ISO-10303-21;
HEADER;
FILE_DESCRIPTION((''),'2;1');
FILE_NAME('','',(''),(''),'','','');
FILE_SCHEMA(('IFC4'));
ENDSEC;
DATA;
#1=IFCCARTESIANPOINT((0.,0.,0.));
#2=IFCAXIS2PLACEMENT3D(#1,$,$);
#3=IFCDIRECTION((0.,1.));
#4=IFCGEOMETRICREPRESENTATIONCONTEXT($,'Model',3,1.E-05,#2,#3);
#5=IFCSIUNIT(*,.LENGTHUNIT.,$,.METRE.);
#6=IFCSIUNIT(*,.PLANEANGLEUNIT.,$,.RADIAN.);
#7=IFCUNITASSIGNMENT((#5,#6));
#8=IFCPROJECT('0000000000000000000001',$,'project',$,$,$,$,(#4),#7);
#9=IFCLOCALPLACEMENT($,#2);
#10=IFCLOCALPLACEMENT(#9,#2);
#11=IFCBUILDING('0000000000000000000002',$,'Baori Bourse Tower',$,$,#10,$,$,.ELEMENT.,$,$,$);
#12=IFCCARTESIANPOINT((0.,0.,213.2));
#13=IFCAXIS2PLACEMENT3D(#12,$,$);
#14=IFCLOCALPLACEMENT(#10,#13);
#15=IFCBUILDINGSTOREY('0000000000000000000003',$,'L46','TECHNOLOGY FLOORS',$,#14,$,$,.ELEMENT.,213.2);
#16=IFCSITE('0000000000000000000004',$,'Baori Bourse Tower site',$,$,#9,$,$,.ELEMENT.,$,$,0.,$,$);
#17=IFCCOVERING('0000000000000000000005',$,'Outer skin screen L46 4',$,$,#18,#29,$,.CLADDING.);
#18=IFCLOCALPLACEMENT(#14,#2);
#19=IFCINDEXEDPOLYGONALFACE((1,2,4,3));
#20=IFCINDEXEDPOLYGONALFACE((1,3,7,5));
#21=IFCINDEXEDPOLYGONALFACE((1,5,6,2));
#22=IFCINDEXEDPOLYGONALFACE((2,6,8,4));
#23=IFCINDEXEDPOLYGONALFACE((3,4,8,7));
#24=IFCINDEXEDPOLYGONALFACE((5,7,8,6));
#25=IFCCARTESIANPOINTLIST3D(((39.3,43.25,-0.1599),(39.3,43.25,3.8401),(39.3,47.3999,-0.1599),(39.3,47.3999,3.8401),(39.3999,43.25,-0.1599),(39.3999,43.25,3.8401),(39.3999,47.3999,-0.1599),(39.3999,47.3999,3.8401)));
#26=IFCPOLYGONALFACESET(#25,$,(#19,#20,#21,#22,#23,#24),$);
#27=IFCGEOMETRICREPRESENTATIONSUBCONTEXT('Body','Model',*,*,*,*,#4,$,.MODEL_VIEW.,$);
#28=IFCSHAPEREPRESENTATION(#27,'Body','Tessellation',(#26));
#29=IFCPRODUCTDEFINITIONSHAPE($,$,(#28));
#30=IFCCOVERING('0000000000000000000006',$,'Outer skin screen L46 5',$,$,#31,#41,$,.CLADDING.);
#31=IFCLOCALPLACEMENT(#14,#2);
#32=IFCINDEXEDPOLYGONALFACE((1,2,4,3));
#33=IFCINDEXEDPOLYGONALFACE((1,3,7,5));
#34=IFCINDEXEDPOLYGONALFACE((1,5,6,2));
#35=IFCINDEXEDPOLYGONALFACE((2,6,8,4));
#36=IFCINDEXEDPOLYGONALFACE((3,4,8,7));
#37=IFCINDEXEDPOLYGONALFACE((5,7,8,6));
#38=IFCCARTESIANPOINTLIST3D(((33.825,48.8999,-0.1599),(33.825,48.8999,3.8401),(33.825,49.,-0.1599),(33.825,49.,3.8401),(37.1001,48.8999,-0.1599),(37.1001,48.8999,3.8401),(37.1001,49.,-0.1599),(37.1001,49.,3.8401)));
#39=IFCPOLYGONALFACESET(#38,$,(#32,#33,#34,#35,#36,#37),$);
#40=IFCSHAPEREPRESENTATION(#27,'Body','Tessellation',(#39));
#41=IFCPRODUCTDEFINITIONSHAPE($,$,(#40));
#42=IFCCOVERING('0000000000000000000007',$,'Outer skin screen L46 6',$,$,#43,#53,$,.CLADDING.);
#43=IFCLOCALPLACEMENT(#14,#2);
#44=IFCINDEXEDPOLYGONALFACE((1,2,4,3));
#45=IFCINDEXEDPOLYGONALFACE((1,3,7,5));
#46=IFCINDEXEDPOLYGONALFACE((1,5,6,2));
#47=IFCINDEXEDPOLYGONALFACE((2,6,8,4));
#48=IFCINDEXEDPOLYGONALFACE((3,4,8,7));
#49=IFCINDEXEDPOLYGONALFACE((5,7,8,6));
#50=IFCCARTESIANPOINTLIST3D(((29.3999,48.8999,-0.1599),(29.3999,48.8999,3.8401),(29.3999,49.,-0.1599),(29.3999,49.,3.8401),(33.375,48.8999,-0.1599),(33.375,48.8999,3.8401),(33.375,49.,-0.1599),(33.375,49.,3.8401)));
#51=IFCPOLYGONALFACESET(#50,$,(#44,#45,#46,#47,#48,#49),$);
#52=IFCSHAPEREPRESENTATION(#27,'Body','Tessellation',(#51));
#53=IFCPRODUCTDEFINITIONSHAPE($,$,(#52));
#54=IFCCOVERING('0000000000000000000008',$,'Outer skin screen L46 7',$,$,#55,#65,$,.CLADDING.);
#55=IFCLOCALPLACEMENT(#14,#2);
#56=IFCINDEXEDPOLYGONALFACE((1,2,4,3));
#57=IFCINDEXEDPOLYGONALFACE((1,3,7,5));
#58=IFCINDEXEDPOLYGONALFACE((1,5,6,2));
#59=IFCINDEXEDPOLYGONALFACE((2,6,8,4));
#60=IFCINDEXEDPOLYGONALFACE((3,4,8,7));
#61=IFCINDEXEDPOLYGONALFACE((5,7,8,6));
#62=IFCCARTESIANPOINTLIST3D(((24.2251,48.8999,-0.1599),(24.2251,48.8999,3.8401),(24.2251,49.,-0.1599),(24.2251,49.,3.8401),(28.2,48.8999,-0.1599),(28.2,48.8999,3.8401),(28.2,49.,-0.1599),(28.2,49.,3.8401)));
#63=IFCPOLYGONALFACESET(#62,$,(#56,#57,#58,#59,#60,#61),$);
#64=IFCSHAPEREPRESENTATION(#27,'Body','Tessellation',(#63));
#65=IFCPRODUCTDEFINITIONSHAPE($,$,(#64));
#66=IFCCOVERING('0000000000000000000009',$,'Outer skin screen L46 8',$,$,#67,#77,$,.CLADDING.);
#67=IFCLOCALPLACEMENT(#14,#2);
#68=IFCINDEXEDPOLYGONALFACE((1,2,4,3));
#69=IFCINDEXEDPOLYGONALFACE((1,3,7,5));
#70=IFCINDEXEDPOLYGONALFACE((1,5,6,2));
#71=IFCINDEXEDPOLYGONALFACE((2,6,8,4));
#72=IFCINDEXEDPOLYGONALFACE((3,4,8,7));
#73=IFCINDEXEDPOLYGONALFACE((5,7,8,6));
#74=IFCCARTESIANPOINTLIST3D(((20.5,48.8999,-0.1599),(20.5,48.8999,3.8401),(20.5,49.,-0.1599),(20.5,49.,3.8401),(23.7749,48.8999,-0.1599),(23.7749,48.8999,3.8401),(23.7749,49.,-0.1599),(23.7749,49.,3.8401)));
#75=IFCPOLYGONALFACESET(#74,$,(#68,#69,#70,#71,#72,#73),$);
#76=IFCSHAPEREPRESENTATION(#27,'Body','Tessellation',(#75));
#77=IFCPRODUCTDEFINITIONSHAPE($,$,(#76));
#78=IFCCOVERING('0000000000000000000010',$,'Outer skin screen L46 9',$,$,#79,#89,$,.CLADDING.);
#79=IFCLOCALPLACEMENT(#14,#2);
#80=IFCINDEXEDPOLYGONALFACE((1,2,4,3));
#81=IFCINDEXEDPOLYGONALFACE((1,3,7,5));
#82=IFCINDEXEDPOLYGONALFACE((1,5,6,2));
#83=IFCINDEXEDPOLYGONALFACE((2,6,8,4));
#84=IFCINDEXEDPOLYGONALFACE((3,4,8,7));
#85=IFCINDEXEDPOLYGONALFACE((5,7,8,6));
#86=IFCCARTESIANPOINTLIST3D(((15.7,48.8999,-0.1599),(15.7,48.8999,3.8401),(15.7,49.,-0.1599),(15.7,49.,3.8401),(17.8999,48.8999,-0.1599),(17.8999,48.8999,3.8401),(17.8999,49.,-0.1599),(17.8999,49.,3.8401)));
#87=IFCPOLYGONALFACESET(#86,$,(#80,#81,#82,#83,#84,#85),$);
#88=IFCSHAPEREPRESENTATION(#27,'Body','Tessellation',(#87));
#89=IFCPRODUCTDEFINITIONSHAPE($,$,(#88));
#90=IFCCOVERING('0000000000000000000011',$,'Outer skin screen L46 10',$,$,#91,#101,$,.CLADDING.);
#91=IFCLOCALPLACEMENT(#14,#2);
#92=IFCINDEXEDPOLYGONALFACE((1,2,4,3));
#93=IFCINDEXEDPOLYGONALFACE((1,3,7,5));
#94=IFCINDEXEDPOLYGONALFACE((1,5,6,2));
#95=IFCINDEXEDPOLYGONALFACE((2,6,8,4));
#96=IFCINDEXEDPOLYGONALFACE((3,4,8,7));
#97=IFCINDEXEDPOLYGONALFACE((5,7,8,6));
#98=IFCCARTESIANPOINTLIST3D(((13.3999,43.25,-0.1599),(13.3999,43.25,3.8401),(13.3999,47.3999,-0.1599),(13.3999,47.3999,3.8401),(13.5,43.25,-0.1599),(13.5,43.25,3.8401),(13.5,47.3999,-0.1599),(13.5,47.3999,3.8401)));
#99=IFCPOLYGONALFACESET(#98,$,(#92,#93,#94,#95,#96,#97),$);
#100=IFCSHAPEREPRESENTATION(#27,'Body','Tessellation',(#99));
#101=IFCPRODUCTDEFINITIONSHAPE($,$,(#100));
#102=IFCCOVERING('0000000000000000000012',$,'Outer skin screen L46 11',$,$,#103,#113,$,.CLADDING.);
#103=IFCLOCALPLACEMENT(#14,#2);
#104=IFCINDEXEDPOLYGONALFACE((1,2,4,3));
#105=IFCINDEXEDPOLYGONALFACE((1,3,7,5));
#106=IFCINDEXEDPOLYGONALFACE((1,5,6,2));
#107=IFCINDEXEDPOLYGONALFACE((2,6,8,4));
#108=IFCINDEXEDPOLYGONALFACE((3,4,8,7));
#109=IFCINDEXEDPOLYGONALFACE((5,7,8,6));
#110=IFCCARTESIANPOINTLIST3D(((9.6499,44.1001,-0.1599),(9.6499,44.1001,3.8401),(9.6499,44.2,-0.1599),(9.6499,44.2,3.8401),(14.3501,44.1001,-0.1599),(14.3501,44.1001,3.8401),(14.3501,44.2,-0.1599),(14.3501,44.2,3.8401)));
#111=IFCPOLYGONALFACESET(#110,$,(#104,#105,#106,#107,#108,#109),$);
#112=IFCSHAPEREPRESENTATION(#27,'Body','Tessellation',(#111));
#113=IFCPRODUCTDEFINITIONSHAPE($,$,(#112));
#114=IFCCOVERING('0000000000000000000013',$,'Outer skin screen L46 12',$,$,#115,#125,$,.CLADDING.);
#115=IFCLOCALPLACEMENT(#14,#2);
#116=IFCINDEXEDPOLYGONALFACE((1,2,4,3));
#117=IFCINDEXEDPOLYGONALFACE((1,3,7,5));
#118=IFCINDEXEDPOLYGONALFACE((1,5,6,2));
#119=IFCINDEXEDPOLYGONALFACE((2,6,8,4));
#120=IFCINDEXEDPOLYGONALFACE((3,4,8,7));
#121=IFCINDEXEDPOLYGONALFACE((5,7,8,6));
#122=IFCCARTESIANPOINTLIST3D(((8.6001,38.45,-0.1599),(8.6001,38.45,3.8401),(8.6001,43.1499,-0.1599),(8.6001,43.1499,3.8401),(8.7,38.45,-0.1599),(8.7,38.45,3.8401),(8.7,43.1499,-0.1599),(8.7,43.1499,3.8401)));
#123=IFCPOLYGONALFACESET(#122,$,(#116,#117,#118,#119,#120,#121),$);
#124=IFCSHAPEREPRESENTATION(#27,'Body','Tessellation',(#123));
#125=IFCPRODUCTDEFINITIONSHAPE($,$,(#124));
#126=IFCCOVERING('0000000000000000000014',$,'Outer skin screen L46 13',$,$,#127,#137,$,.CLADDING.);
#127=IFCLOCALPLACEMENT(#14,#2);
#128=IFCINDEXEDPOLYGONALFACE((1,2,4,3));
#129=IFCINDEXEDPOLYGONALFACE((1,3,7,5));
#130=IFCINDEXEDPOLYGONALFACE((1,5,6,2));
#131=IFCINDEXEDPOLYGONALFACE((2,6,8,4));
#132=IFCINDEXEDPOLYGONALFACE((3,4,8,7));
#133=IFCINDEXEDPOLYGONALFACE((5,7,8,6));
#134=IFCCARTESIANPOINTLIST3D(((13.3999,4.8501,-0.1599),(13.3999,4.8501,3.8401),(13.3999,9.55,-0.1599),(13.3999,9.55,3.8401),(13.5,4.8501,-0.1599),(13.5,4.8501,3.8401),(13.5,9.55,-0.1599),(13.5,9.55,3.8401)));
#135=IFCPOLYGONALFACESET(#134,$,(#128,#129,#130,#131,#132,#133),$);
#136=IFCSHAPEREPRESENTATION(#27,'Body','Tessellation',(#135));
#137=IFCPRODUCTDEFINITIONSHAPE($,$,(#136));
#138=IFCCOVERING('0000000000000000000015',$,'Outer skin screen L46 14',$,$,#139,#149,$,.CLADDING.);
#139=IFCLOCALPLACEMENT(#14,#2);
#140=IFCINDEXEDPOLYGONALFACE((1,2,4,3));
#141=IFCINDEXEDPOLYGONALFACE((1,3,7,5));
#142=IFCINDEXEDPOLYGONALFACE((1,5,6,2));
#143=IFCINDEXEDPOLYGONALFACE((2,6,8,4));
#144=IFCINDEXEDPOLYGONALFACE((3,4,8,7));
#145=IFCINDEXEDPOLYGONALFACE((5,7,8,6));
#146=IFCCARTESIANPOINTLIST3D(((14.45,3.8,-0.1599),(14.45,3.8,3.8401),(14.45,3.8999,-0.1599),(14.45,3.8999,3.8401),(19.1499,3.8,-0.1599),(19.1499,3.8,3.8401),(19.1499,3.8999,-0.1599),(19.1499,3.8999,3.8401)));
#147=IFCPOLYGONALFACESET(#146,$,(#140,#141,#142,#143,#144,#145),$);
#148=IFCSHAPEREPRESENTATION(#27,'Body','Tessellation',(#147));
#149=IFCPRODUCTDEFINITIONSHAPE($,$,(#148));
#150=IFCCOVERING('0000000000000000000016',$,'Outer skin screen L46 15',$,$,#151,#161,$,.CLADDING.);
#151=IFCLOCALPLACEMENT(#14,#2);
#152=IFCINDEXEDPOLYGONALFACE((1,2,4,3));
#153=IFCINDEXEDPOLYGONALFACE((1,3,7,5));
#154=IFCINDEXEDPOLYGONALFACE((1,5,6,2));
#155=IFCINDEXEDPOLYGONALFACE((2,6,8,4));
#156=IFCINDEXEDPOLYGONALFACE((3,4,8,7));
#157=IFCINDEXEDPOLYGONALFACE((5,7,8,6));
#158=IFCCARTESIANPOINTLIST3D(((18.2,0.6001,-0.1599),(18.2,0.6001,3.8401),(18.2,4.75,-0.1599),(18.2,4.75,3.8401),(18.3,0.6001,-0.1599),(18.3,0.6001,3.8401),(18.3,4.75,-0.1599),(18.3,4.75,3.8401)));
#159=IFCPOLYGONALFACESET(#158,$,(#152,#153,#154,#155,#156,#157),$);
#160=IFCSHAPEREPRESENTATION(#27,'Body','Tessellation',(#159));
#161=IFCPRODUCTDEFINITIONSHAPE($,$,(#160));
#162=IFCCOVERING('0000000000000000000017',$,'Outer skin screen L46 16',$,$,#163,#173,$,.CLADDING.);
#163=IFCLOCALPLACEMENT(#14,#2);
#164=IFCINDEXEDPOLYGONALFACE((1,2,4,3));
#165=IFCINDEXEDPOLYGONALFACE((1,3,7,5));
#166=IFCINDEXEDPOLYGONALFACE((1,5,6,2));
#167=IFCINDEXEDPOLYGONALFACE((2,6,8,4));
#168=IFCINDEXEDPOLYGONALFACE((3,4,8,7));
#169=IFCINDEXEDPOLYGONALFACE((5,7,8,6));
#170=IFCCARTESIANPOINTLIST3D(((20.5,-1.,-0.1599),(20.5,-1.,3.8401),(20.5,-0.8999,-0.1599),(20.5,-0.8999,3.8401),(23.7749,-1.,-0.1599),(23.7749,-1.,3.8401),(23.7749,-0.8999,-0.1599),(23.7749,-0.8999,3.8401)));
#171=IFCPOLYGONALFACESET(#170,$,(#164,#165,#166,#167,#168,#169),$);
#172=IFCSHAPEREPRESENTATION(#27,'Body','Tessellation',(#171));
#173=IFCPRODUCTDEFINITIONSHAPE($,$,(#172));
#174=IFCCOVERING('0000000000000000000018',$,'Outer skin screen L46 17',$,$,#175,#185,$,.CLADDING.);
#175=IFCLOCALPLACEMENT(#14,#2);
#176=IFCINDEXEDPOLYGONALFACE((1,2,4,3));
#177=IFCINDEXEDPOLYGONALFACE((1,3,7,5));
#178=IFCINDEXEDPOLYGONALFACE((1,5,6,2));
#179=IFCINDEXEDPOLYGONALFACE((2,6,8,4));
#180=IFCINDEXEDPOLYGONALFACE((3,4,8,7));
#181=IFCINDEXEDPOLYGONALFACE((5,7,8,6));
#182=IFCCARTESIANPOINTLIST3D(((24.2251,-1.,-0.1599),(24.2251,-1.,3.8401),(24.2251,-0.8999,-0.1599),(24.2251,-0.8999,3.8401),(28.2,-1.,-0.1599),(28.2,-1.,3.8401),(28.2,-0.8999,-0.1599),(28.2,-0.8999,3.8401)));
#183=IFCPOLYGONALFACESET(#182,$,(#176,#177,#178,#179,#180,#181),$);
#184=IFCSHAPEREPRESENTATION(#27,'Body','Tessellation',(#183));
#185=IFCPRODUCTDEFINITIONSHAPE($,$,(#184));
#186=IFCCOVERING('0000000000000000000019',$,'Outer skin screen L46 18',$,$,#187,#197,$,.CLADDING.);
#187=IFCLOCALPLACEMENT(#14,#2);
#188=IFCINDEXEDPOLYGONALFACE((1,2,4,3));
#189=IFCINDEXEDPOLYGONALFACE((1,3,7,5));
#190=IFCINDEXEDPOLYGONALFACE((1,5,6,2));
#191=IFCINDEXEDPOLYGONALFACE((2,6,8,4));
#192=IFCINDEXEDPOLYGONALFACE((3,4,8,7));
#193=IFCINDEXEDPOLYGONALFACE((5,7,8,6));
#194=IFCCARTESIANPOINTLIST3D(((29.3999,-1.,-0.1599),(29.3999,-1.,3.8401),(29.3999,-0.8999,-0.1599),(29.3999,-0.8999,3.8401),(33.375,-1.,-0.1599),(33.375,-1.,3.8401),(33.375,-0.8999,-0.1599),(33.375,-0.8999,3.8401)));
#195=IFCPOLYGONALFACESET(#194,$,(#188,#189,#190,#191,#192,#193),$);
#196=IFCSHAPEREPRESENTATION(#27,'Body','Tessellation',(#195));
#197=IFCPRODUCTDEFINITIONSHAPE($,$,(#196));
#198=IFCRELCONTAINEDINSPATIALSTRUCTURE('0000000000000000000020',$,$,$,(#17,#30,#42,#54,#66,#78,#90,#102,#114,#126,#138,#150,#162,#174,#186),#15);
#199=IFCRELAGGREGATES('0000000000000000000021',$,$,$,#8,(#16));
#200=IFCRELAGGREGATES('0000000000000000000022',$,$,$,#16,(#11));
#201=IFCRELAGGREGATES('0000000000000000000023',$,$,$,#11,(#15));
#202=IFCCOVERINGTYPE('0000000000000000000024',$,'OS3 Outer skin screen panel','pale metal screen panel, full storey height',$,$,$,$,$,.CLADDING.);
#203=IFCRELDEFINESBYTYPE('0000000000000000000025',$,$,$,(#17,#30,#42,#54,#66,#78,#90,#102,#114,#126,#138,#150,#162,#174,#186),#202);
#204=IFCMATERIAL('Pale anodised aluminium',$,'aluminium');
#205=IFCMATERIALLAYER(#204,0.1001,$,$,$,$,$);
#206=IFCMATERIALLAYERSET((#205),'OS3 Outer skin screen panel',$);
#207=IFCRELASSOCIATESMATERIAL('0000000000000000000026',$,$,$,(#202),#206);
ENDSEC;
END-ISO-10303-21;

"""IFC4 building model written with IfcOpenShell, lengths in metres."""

from ifc_helpers import new_model, si_unit, direction, frame, origin, place, context, subcontext, project, spatial, polyline, outline, extrude, material, layer, layer_set, type_object, element, save


model = new_model("IFC4")

# Units and contexts
model_context = context("Model", 3, precision=1e-05, world=origin(), true_north=direction((0.0, 1.0)))
body_context = subcontext(model_context, "Body", "Model", "MODEL_VIEW")
ifc_project = project(units=[si_unit("LENGTHUNIT", "METRE"), si_unit("PLANEANGLEUNIT", "RADIAN")], contexts=[model_context])

# Site, building, storey
site_placement = place(None, origin())
site = spatial("IfcSite", under=ifc_project, at=site_placement, Name="Baori Bourse Tower site", CompositionType="ELEMENT", RefElevation=0.0)
building_placement = place(site_placement, origin())
building = spatial("IfcBuilding", under=site, at=building_placement, Name="Baori Bourse Tower", CompositionType="ELEMENT")
storey_placement = place(building_placement, frame((0.0, 0.0, 213.2)))
storey = spatial("IfcBuildingStorey", under=building, at=storey_placement, Name="L46", Description="TECHNOLOGY FLOORS", CompositionType="ELEMENT", Elevation=213.2)

# Coverings
ifc_material_1 = material(Name="Pale anodised aluminium", Category="aluminium")
ifc_layer_1 = layer(ifc_material_1, 0.1001)
ifc_layer_set_1 = layer_set([ifc_layer_1], Name="OS3 Outer skin screen panel")
covering_type = type_object("IfcCoveringType", Name="OS3 Outer skin screen panel", Description="pale metal screen panel, full storey height", PredefinedType="CLADDING", material=ifc_layer_set_1)
covering_1_placement = place(storey_placement, frame((0.0, 0.0, -0.1599)))
element("IfcCovering", 1, at=covering_1_placement, inside=storey, type_object=covering_type, Name="Outer skin screen L46 4", PredefinedType="CLADDING", context=body_context, shape_type="SweptSolid", body=[
    extrude(outline(polyline([(39.3, 47.3999), (39.3, 43.25), (39.3999, 43.25), (39.3999, 47.3999), (39.3, 47.3999)])), origin(), (0.0, 0.0, 1.0), 4.0),
])
covering_2_placement = place(storey_placement, frame((0.0, 0.0, -0.1599)))
element("IfcCovering", 2, at=covering_2_placement, inside=storey, type_object=covering_type, Name="Outer skin screen L46 5", PredefinedType="CLADDING", context=body_context, shape_type="SweptSolid", body=[
    extrude(outline(polyline([(33.825, 48.8999), (37.1001, 48.8999), (37.1001, 49.0), (33.825, 49.0), (33.825, 48.8999)])), origin(), (0.0, 0.0, 1.0), 4.0),
])
covering_3_placement = place(storey_placement, frame((0.0, 0.0, -0.1599)))
element("IfcCovering", 3, at=covering_3_placement, inside=storey, type_object=covering_type, Name="Outer skin screen L46 6", PredefinedType="CLADDING", context=body_context, shape_type="SweptSolid", body=[
    extrude(outline(polyline([(29.3999, 48.8999), (33.375, 48.8999), (33.375, 49.0), (29.3999, 49.0), (29.3999, 48.8999)])), origin(), (0.0, 0.0, 1.0), 4.0),
])
covering_4_placement = place(storey_placement, frame((0.0, 0.0, -0.1599)))
element("IfcCovering", 4, at=covering_4_placement, inside=storey, type_object=covering_type, Name="Outer skin screen L46 7", PredefinedType="CLADDING", context=body_context, shape_type="SweptSolid", body=[
    extrude(outline(polyline([(24.2251, 48.8999), (28.2, 48.8999), (28.2, 49.0), (24.2251, 49.0), (24.2251, 48.8999)])), origin(), (0.0, 0.0, 1.0), 4.0),
])
covering_5_placement = place(storey_placement, frame((0.0, 0.0, -0.1599)))
element("IfcCovering", 5, at=covering_5_placement, inside=storey, type_object=covering_type, Name="Outer skin screen L46 8", PredefinedType="CLADDING", context=body_context, shape_type="SweptSolid", body=[
    extrude(outline(polyline([(20.5, 48.8999), (23.7749, 48.8999), (23.7749, 49.0), (20.5, 49.0), (20.5, 48.8999)])), origin(), (0.0, 0.0, 1.0), 4.0),
])
covering_6_placement = place(storey_placement, frame((0.0, 0.0, -0.1599)))
element("IfcCovering", 6, at=covering_6_placement, inside=storey, type_object=covering_type, Name="Outer skin screen L46 9", PredefinedType="CLADDING", context=body_context, shape_type="SweptSolid", body=[
    extrude(outline(polyline([(15.7, 48.8999), (17.8999, 48.8999), (17.8999, 49.0), (15.7, 49.0), (15.7, 48.8999)])), origin(), (0.0, 0.0, 1.0), 4.0),
])
covering_7_placement = place(storey_placement, frame((0.0, 0.0, -0.1599)))
element("IfcCovering", 7, at=covering_7_placement, inside=storey, type_object=covering_type, Name="Outer skin screen L46 10", PredefinedType="CLADDING", context=body_context, shape_type="SweptSolid", body=[
    extrude(outline(polyline([(13.5, 43.25), (13.5, 47.3999), (13.3999, 47.3999), (13.3999, 43.25), (13.5, 43.25)])), origin(), (0.0, 0.0, 1.0), 4.0),
])
covering_8_placement = place(storey_placement, frame((0.0, 0.0, -0.1599)))
element("IfcCovering", 8, at=covering_8_placement, inside=storey, type_object=covering_type, Name="Outer skin screen L46 11", PredefinedType="CLADDING", context=body_context, shape_type="SweptSolid", body=[
    extrude(outline(polyline([(9.6499, 44.1001), (14.3501, 44.1001), (14.3501, 44.2), (9.6499, 44.2), (9.6499, 44.1001)])), origin(), (0.0, 0.0, 1.0), 4.0),
])
covering_9_placement = place(storey_placement, frame((0.0, 0.0, -0.1599)))
element("IfcCovering", 9, at=covering_9_placement, inside=storey, type_object=covering_type, Name="Outer skin screen L46 12", PredefinedType="CLADDING", context=body_context, shape_type="SweptSolid", body=[
    extrude(outline(polyline([(8.7, 38.45), (8.7, 43.1499), (8.6001, 43.1499), (8.6001, 38.45), (8.7, 38.45)])), origin(), (0.0, 0.0, 1.0), 4.0),
])
covering_10_placement = place(storey_placement, frame((0.0, 0.0, -0.1599)))
element("IfcCovering", 10, at=covering_10_placement, inside=storey, type_object=covering_type, Name="Outer skin screen L46 13", PredefinedType="CLADDING", context=body_context, shape_type="SweptSolid", body=[
    extrude(outline(polyline([(13.5, 4.8501), (13.5, 9.55), (13.3999, 9.55), (13.3999, 4.8501), (13.5, 4.8501)])), origin(), (0.0, 0.0, 1.0), 4.0),
])
covering_11_placement = place(storey_placement, frame((0.0, 0.0, -0.1599)))
element("IfcCovering", 11, at=covering_11_placement, inside=storey, type_object=covering_type, Name="Outer skin screen L46 14", PredefinedType="CLADDING", context=body_context, shape_type="SweptSolid", body=[
    extrude(outline(polyline([(19.1499, 3.8999), (14.45, 3.8999), (14.45, 3.8), (19.1499, 3.8), (19.1499, 3.8999)])), origin(), (0.0, 0.0, 1.0), 4.0),
])
covering_12_placement = place(storey_placement, frame((0.0, 0.0, -0.1599)))
element("IfcCovering", 12, at=covering_12_placement, inside=storey, type_object=covering_type, Name="Outer skin screen L46 15", PredefinedType="CLADDING", context=body_context, shape_type="SweptSolid", body=[
    extrude(outline(polyline([(18.3, 0.6001), (18.3, 4.75), (18.2, 4.75), (18.2, 0.6001), (18.3, 0.6001)])), origin(), (0.0, 0.0, 1.0), 4.0),
])
covering_13_placement = place(storey_placement, frame((0.0, 0.0, -0.1599)))
element("IfcCovering", 13, at=covering_13_placement, inside=storey, type_object=covering_type, Name="Outer skin screen L46 16", PredefinedType="CLADDING", context=body_context, shape_type="SweptSolid", body=[
    extrude(outline(polyline([(23.7749, -0.8999), (20.5, -0.8999), (20.5, -1.0), (23.7749, -1.0), (23.7749, -0.8999)])), origin(), (0.0, 0.0, 1.0), 4.0),
])
covering_14_placement = place(storey_placement, frame((0.0, 0.0, -0.1599)))
element("IfcCovering", 14, at=covering_14_placement, inside=storey, type_object=covering_type, Name="Outer skin screen L46 17", PredefinedType="CLADDING", context=body_context, shape_type="SweptSolid", body=[
    extrude(outline(polyline([(28.2, -0.8999), (24.2251, -0.8999), (24.2251, -1.0), (28.2, -1.0), (28.2, -0.8999)])), origin(), (0.0, 0.0, 1.0), 4.0),
])
covering_15_placement = place(storey_placement, frame((0.0, 0.0, -0.1599)))
element("IfcCovering", 15, at=covering_15_placement, inside=storey, type_object=covering_type, Name="Outer skin screen L46 18", PredefinedType="CLADDING", context=body_context, shape_type="SweptSolid", body=[
    extrude(outline(polyline([(33.375, -0.8999), (29.3999, -0.8999), (29.3999, -1.0), (33.375, -1.0), (33.375, -0.8999)])), origin(), (0.0, 0.0, 1.0), 4.0),
])

save(model, "model.ifc")
